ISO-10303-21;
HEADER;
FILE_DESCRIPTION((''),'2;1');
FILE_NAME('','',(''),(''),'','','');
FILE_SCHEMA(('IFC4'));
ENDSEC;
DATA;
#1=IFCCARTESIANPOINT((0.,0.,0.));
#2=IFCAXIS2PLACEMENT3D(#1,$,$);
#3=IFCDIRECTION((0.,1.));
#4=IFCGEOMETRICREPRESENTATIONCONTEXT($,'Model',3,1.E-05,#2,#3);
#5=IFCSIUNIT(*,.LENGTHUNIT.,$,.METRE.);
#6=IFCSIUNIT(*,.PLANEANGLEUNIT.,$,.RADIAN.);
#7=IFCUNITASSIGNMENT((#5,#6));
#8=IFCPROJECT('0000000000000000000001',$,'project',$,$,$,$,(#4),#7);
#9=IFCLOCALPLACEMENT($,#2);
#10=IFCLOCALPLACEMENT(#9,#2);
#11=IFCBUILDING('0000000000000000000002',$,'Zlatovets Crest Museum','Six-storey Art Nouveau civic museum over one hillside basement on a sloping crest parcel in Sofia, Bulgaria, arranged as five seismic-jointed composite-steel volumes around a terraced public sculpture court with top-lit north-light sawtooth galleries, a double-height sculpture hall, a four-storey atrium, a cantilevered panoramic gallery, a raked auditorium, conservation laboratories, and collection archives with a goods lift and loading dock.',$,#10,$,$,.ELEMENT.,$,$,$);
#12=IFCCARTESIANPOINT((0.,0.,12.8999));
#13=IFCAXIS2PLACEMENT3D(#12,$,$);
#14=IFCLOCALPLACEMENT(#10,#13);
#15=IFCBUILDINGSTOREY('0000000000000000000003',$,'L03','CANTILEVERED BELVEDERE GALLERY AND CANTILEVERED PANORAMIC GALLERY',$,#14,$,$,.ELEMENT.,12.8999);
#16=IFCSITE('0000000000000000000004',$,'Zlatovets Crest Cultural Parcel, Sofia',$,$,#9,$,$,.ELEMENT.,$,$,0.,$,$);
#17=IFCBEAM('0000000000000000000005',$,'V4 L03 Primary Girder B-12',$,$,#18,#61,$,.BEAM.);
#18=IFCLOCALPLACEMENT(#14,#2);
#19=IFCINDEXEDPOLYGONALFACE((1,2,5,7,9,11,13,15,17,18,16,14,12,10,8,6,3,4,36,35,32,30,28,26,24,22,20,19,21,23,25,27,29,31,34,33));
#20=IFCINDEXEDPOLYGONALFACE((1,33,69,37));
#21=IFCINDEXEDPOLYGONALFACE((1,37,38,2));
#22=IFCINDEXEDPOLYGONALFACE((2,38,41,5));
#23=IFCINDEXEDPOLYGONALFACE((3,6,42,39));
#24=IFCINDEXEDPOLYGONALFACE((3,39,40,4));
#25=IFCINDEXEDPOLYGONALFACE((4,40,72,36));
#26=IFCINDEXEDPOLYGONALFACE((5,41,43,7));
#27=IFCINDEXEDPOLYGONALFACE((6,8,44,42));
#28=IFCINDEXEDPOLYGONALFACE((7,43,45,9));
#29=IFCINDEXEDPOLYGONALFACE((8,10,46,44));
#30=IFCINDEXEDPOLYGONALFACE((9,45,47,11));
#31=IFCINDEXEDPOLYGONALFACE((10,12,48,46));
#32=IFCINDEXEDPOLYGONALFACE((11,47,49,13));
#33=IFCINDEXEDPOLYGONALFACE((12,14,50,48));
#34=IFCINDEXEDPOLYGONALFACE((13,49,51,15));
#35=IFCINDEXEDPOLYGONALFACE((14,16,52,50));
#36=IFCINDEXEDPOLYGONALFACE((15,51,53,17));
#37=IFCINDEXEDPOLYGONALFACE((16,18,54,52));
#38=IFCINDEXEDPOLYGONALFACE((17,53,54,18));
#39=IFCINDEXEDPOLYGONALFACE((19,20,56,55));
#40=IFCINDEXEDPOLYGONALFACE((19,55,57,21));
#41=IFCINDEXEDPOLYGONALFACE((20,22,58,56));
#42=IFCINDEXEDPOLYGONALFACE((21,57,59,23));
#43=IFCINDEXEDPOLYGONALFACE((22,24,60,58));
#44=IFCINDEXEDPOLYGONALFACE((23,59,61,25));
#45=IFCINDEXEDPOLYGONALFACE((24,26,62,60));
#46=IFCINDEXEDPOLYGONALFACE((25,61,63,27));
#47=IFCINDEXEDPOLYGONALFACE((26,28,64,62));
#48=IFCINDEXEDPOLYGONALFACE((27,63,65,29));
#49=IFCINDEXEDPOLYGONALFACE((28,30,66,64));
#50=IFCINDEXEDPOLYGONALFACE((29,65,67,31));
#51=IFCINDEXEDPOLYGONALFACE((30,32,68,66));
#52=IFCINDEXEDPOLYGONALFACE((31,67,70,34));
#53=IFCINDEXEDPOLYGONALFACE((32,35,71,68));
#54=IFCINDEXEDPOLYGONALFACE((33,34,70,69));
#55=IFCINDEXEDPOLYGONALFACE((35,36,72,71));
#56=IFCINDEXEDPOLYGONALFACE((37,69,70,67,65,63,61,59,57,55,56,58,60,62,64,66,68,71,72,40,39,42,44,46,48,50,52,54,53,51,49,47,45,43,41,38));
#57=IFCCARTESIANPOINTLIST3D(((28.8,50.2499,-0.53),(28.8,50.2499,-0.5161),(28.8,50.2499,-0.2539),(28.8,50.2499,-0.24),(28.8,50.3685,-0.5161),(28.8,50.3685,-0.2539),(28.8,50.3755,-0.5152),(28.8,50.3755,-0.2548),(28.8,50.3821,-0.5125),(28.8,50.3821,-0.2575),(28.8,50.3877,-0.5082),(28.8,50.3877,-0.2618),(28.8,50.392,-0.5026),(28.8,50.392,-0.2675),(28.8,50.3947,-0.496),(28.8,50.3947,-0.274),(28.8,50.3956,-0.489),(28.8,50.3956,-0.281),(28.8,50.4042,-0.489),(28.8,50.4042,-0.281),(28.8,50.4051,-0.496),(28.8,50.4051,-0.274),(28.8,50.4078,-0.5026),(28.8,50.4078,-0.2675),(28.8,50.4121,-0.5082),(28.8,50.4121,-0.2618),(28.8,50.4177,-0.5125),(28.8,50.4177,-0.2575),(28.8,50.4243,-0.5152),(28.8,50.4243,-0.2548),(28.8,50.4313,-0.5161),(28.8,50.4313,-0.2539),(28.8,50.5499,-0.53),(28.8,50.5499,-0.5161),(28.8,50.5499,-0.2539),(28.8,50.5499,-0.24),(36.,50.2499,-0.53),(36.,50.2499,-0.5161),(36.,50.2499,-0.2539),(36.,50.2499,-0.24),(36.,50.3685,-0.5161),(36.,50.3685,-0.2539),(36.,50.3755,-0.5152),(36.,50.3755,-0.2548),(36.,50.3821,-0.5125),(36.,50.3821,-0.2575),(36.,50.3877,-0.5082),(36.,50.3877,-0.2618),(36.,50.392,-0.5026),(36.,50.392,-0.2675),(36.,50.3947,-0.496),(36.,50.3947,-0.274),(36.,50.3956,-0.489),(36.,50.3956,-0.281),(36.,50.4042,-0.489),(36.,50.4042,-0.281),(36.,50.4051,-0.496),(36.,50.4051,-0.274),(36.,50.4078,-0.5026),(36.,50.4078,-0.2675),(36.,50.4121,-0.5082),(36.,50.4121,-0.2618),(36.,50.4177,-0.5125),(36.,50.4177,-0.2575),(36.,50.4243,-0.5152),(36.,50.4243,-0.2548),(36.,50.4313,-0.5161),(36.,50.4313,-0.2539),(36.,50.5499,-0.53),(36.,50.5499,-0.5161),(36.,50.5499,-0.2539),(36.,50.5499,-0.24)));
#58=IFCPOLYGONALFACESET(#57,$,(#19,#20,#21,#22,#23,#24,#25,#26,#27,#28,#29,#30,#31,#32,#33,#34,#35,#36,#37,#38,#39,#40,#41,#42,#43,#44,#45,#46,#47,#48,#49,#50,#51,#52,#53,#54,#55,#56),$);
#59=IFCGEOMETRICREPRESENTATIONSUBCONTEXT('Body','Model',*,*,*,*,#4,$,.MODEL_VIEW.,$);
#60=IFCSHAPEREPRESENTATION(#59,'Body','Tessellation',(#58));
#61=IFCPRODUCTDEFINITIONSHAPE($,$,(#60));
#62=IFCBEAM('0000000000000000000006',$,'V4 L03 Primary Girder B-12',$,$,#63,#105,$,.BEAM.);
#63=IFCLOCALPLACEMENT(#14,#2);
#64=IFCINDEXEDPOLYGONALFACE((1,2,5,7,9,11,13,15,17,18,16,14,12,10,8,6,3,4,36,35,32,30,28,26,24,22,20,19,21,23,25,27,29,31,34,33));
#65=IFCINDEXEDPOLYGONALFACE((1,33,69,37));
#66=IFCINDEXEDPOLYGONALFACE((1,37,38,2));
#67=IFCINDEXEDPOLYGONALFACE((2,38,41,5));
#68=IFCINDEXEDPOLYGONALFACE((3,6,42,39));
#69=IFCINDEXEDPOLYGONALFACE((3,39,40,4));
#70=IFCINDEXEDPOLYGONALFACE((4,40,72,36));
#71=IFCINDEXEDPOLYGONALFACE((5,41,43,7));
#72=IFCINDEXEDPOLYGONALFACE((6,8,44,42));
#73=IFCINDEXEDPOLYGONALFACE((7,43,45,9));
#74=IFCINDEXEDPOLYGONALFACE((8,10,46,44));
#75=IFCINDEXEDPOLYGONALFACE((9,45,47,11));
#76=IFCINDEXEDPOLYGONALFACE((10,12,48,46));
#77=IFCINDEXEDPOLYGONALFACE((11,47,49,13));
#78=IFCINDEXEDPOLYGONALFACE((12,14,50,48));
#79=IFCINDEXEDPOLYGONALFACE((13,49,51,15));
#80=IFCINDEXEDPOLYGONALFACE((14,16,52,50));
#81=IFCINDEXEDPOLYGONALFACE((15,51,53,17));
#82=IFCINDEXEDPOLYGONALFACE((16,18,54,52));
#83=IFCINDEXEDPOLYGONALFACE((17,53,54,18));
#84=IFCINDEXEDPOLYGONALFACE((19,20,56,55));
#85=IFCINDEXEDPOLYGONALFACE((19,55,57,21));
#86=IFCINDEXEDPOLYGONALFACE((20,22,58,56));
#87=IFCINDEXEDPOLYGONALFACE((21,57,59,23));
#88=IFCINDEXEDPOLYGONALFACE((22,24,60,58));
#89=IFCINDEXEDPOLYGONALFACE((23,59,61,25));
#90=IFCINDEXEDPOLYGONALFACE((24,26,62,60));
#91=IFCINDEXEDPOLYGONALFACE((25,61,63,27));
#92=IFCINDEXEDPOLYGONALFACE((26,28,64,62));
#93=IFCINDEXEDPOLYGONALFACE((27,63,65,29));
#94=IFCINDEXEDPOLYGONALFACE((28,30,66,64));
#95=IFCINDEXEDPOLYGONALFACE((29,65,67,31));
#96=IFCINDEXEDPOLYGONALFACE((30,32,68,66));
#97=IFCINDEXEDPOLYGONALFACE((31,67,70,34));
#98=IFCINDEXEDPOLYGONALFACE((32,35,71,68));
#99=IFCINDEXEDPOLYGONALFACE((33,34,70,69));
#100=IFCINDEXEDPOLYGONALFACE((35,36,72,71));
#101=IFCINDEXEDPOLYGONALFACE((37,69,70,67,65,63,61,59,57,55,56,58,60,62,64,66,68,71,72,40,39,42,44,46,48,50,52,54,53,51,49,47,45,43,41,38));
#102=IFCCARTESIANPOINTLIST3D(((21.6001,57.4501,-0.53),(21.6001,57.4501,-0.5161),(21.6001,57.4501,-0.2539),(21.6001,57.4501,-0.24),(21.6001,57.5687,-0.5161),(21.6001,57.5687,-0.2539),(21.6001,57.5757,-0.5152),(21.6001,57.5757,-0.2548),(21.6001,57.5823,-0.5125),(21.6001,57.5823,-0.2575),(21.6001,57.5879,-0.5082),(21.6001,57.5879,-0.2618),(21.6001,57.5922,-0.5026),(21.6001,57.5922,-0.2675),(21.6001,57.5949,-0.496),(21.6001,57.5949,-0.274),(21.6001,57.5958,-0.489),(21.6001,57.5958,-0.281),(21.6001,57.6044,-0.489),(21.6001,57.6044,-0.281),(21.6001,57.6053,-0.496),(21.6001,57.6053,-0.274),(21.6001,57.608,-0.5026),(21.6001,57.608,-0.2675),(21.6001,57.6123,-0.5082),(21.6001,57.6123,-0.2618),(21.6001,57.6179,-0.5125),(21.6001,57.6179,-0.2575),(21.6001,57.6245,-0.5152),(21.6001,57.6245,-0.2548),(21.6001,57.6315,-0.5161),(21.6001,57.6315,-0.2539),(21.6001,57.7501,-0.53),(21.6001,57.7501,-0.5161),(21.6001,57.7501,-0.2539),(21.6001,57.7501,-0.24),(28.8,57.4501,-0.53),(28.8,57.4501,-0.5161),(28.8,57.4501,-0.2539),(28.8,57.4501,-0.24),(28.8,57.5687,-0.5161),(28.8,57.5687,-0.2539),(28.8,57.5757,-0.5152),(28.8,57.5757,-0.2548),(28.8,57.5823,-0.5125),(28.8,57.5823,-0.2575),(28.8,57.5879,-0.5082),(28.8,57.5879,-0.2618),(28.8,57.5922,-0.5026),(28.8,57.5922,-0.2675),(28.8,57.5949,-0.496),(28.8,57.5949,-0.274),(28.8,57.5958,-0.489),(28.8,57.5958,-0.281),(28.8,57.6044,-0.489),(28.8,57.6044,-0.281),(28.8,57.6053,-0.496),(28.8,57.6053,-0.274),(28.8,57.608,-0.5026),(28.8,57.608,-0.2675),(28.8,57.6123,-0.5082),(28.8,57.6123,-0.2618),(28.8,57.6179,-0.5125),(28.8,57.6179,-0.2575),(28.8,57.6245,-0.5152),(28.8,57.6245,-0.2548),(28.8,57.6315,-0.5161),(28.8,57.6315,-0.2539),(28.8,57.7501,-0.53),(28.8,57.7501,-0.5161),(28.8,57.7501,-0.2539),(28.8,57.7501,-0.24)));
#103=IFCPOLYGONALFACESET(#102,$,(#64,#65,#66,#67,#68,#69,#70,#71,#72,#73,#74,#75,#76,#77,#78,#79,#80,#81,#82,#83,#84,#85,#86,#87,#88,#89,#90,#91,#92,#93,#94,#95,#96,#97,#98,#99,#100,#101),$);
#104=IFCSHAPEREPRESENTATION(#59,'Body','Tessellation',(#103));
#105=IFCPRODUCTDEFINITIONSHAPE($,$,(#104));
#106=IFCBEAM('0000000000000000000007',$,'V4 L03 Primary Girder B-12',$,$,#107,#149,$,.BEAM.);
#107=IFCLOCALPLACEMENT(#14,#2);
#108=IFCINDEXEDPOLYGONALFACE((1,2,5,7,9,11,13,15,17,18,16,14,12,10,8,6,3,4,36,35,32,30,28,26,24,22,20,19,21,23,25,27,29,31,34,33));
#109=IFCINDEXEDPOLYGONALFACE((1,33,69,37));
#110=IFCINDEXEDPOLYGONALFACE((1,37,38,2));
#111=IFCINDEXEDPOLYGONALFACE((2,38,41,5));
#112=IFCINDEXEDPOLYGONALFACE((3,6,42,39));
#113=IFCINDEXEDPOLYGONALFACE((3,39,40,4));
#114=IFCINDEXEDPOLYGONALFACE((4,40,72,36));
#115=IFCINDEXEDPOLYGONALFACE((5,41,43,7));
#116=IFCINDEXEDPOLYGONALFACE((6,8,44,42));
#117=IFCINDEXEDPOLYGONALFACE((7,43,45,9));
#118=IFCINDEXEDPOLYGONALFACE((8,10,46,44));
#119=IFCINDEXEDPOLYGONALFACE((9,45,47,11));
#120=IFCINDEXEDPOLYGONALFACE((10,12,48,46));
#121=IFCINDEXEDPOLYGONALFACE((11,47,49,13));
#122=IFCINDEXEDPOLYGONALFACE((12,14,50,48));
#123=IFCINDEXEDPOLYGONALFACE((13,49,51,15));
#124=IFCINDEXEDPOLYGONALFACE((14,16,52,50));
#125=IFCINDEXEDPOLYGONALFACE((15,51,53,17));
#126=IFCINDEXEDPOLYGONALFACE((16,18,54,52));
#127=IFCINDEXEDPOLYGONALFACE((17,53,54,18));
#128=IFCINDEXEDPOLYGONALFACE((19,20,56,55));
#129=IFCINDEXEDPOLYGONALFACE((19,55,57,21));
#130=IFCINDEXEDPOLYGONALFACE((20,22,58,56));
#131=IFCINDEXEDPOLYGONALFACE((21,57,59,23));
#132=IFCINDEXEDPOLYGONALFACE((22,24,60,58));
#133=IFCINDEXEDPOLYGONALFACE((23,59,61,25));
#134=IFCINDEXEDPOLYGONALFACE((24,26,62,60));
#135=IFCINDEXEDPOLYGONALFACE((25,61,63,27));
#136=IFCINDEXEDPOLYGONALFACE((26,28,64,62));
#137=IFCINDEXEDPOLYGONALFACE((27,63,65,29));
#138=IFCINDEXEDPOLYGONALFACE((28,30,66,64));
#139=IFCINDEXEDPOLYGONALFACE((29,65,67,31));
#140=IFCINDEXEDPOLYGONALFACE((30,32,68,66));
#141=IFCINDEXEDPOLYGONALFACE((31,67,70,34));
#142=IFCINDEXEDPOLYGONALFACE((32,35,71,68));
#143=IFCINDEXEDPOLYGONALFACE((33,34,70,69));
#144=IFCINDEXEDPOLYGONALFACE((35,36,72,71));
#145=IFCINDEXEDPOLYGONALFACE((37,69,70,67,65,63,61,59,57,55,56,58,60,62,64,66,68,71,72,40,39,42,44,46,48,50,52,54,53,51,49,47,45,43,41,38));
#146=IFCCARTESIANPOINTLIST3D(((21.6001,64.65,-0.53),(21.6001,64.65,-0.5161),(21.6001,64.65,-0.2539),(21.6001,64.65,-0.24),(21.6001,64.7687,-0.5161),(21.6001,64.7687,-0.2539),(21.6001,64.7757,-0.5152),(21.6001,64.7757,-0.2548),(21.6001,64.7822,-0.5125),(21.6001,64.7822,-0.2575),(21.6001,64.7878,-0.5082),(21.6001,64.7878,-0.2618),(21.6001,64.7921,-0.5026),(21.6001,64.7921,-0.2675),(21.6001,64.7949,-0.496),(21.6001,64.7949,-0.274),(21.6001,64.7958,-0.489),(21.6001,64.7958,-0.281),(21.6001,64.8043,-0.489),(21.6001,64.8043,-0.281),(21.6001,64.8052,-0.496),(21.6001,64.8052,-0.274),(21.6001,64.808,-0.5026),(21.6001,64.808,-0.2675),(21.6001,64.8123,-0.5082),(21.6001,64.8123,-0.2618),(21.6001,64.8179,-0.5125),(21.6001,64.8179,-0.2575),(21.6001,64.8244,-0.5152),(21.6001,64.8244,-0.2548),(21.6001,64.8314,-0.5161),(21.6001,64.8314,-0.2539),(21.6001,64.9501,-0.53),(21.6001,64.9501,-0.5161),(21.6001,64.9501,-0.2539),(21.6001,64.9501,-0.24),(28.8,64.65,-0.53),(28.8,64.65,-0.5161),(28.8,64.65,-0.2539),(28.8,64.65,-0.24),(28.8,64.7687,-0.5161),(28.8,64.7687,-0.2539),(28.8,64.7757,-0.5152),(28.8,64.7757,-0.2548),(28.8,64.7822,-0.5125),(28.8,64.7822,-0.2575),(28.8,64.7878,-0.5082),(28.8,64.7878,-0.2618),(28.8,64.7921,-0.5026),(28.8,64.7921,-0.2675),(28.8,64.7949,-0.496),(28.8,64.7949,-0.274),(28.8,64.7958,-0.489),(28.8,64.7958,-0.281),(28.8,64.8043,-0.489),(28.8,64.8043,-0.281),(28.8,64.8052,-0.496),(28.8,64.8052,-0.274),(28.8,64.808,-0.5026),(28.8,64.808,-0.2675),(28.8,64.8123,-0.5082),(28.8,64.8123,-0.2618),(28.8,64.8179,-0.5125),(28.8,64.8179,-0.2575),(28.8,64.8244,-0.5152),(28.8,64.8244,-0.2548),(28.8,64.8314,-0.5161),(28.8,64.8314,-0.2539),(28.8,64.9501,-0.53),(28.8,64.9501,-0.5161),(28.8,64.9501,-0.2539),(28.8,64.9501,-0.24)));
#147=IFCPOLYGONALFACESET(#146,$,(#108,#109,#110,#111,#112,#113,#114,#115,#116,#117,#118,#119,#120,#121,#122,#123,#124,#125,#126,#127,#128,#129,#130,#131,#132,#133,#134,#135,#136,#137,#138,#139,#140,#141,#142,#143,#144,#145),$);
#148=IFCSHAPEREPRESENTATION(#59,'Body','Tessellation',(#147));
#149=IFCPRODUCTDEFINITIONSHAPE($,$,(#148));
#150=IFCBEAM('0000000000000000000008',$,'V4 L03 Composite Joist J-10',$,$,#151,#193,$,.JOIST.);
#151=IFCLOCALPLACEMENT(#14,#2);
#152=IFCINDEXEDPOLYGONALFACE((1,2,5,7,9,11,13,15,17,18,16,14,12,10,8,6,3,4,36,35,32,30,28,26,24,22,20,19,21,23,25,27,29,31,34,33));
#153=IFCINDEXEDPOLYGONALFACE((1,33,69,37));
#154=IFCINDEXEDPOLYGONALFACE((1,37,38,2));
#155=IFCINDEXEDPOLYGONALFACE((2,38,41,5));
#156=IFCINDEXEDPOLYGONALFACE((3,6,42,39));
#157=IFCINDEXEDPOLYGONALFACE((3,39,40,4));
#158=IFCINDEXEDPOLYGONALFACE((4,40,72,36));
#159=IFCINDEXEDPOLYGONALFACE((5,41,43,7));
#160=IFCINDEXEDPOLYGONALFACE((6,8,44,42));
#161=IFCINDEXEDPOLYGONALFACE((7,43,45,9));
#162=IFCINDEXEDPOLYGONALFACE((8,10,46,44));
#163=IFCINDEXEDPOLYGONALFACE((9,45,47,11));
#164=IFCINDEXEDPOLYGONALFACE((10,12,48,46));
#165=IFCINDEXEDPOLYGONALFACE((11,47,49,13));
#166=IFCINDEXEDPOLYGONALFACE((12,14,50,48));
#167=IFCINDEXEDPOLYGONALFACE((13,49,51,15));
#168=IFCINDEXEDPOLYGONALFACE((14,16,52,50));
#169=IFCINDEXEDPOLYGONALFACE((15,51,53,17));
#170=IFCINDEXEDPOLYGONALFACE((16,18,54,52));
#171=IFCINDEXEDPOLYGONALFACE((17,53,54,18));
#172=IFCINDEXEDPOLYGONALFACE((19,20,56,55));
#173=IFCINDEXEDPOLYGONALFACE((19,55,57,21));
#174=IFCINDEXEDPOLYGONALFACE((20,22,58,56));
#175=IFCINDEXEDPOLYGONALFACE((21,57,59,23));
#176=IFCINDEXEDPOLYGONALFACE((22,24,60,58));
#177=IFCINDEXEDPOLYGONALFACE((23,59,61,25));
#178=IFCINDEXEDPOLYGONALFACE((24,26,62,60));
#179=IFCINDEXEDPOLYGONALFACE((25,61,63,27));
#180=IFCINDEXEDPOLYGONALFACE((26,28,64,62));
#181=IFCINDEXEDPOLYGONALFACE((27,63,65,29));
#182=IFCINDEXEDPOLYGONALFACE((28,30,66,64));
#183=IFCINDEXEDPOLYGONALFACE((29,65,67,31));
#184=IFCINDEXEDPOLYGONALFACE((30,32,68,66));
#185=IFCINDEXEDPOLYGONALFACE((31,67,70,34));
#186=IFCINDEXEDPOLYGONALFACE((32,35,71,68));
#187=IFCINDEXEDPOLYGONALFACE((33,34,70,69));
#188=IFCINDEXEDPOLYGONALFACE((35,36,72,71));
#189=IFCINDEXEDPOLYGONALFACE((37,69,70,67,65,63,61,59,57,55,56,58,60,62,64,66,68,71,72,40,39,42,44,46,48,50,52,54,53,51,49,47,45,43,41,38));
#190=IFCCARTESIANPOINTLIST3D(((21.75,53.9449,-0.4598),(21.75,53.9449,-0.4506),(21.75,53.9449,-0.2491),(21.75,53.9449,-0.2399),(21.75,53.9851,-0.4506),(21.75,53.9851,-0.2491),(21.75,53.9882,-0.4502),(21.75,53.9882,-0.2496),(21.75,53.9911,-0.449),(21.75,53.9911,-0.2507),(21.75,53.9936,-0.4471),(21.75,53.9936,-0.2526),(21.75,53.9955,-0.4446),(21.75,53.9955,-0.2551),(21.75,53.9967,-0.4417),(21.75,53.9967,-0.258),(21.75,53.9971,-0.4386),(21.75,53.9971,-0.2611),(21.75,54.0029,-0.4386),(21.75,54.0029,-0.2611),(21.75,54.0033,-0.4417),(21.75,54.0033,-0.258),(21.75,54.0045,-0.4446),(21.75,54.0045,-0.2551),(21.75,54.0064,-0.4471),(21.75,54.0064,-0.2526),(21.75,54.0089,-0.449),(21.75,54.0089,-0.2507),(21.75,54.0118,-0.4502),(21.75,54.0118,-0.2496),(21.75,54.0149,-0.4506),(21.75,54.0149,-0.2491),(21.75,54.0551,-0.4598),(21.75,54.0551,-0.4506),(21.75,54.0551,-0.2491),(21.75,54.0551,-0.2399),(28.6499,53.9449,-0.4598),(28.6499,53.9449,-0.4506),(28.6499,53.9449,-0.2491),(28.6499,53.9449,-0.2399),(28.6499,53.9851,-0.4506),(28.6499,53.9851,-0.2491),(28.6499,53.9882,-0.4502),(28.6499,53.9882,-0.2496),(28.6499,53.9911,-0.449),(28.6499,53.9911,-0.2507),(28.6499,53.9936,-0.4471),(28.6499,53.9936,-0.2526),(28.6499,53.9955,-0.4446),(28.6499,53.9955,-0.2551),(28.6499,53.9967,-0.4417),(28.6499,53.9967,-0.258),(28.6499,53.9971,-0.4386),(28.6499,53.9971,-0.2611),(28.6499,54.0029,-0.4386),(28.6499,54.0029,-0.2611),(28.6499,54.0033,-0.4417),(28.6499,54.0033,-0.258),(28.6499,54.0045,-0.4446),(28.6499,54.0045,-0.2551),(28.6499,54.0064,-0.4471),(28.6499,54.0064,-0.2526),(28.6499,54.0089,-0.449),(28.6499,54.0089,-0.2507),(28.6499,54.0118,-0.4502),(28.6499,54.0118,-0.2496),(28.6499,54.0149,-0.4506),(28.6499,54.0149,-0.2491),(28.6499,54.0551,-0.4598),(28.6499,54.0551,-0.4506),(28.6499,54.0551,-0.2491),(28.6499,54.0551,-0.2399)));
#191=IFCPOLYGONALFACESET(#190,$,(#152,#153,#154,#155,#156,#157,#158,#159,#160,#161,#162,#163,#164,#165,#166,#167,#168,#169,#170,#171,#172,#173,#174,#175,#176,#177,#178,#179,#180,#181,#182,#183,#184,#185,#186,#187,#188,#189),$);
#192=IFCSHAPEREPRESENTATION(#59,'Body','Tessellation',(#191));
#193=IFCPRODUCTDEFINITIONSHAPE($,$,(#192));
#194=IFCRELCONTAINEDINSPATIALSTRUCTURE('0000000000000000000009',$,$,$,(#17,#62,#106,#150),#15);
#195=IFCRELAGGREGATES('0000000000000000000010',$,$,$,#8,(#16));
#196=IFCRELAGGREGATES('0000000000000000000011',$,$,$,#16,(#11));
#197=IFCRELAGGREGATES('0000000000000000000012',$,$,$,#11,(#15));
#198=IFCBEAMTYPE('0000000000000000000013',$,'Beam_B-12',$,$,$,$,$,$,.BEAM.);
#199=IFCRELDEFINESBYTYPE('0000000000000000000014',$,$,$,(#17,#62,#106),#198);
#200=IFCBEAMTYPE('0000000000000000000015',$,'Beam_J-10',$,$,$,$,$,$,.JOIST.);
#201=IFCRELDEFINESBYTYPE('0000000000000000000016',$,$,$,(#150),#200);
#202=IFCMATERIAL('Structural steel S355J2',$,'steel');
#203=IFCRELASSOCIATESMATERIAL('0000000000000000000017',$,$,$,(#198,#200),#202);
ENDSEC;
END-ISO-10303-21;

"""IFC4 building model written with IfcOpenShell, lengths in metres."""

from ifc_helpers import new_model, si_unit, direction, frame, origin, origin_2d, place, context, subcontext, project, spatial, i_section, extrude, material, material_profile, profile_set, type_object, element, save


model = new_model("IFC4")

# Units and contexts
model_context = context("Model", 3, precision=1e-05, world=origin(), true_north=direction((0.0, 1.0)))
body_context = subcontext(model_context, "Body", "Model", "MODEL_VIEW")
ifc_project = project(units=[si_unit("LENGTHUNIT", "METRE"), si_unit("PLANEANGLEUNIT", "RADIAN")], contexts=[model_context])

# Site, building, storey
site_placement = place(None, origin())
site = spatial("IfcSite", under=ifc_project, at=site_placement, Name="Zlatovets Crest Cultural Parcel, Sofia", CompositionType="ELEMENT", RefElevation=0.0)
building_placement = place(site_placement, origin())
building = spatial("IfcBuilding", under=site, at=building_placement, Name="Zlatovets Crest Museum", Description="Six-storey Art Nouveau civic museum over one hillside basement on a sloping crest parcel in Sofia, Bulgaria, arranged as five seismic-jointed composite-steel volumes around a terraced public sculpture court with top-lit north-light sawtooth galleries, a double-height sculpture hall, a four-storey atrium, a cantilevered panoramic gallery, a raked auditorium, conservation laboratories, and collection archives with a goods lift and loading dock.", CompositionType="ELEMENT")
storey_placement = place(building_placement, frame((0.0, 0.0, 12.8999)))
storey = spatial("IfcBuildingStorey", under=building, at=storey_placement, Name="L03", Description="CANTILEVERED BELVEDERE GALLERY AND CANTILEVERED PANORAMIC GALLERY", CompositionType="ELEMENT", Elevation=12.8999)

# Shared definitions
ifc_material_1 = material(Name="Structural steel S355J2", Category="steel")

# Beams
ifc_material_profile_1 = material_profile(ifc_material_1, i_section(OverallWidth=0.3, OverallDepth=0.29, WebThickness=0.0085, FlangeThickness=0.0139, FilletRadius=0.0271, at=origin_2d()), Name="HEA 300")
ifc_profile_set_1 = profile_set([ifc_material_profile_1], Name="Structural steel S355J2")
beam_type_1 = type_object("IfcBeamType", Name="Beam_B-12", PredefinedType="BEAM", material=ifc_profile_set_1)
for number, where, z_axis, x_axis, name in (
    (1, (28.8, 50.3999, -0.385), (1.0, 0.0, 0.0), (0.0, 1.0, 0.0), "V4 L03 Primary Girder B-12"),
    (2, (21.6001, 57.6001, -0.385), (1.0, 0.0, 0.0), (0.0, 1.0, 0.0), "V4 L03 Primary Girder B-12"),
    (3, (21.6001, 64.8, -0.385), (1.0, 0.0, 0.0), (0.0, 1.0, 0.0), "V4 L03 Primary Girder B-12"),
):
    element("IfcBeam", number, at=place(storey_placement, frame(where, z_axis=z_axis, x_axis=x_axis)), inside=storey, type_object=beam_type_1, Name=name, PredefinedType="BEAM", context=body_context, shape_type="SweptSolid", body=[
        extrude(i_section(OverallWidth=0.3, OverallDepth=0.29, WebThickness=0.0085, FlangeThickness=0.0139, FilletRadius=0.0271, at=origin_2d()), origin(), (0.0, 0.0, 1.0), 7.2),
    ])
ifc_material_profile_2 = material_profile(ifc_material_1, i_section(OverallWidth=0.1101, OverallDepth=0.22, WebThickness=0.0059, FlangeThickness=0.0093, FilletRadius=0.012, at=origin_2d()), Name="IPE 220")
ifc_profile_set_2 = profile_set([ifc_material_profile_2], Name="Structural steel S355J2")
beam_type_2 = type_object("IfcBeamType", Name="Beam_J-10", PredefinedType="JOIST", material=ifc_profile_set_2)
for number, where, z_axis, x_axis, name in (
    (4, (21.75, 54.0, -0.3499), (1.0, 0.0, 0.0), (0.0, 1.0, 0.0), "V4 L03 Composite Joist J-10"),
):
    element("IfcBeam", number, at=place(storey_placement, frame(where, z_axis=z_axis, x_axis=x_axis)), inside=storey, type_object=beam_type_2, Name=name, PredefinedType="JOIST", context=body_context, shape_type="SweptSolid", body=[
        extrude(i_section(OverallWidth=0.1101, OverallDepth=0.22, WebThickness=0.0059, FlangeThickness=0.0093, FilletRadius=0.012, at=origin_2d()), origin(), (0.0, 0.0, 1.0), 6.8999),
    ])

save(model, "model.ifc")
